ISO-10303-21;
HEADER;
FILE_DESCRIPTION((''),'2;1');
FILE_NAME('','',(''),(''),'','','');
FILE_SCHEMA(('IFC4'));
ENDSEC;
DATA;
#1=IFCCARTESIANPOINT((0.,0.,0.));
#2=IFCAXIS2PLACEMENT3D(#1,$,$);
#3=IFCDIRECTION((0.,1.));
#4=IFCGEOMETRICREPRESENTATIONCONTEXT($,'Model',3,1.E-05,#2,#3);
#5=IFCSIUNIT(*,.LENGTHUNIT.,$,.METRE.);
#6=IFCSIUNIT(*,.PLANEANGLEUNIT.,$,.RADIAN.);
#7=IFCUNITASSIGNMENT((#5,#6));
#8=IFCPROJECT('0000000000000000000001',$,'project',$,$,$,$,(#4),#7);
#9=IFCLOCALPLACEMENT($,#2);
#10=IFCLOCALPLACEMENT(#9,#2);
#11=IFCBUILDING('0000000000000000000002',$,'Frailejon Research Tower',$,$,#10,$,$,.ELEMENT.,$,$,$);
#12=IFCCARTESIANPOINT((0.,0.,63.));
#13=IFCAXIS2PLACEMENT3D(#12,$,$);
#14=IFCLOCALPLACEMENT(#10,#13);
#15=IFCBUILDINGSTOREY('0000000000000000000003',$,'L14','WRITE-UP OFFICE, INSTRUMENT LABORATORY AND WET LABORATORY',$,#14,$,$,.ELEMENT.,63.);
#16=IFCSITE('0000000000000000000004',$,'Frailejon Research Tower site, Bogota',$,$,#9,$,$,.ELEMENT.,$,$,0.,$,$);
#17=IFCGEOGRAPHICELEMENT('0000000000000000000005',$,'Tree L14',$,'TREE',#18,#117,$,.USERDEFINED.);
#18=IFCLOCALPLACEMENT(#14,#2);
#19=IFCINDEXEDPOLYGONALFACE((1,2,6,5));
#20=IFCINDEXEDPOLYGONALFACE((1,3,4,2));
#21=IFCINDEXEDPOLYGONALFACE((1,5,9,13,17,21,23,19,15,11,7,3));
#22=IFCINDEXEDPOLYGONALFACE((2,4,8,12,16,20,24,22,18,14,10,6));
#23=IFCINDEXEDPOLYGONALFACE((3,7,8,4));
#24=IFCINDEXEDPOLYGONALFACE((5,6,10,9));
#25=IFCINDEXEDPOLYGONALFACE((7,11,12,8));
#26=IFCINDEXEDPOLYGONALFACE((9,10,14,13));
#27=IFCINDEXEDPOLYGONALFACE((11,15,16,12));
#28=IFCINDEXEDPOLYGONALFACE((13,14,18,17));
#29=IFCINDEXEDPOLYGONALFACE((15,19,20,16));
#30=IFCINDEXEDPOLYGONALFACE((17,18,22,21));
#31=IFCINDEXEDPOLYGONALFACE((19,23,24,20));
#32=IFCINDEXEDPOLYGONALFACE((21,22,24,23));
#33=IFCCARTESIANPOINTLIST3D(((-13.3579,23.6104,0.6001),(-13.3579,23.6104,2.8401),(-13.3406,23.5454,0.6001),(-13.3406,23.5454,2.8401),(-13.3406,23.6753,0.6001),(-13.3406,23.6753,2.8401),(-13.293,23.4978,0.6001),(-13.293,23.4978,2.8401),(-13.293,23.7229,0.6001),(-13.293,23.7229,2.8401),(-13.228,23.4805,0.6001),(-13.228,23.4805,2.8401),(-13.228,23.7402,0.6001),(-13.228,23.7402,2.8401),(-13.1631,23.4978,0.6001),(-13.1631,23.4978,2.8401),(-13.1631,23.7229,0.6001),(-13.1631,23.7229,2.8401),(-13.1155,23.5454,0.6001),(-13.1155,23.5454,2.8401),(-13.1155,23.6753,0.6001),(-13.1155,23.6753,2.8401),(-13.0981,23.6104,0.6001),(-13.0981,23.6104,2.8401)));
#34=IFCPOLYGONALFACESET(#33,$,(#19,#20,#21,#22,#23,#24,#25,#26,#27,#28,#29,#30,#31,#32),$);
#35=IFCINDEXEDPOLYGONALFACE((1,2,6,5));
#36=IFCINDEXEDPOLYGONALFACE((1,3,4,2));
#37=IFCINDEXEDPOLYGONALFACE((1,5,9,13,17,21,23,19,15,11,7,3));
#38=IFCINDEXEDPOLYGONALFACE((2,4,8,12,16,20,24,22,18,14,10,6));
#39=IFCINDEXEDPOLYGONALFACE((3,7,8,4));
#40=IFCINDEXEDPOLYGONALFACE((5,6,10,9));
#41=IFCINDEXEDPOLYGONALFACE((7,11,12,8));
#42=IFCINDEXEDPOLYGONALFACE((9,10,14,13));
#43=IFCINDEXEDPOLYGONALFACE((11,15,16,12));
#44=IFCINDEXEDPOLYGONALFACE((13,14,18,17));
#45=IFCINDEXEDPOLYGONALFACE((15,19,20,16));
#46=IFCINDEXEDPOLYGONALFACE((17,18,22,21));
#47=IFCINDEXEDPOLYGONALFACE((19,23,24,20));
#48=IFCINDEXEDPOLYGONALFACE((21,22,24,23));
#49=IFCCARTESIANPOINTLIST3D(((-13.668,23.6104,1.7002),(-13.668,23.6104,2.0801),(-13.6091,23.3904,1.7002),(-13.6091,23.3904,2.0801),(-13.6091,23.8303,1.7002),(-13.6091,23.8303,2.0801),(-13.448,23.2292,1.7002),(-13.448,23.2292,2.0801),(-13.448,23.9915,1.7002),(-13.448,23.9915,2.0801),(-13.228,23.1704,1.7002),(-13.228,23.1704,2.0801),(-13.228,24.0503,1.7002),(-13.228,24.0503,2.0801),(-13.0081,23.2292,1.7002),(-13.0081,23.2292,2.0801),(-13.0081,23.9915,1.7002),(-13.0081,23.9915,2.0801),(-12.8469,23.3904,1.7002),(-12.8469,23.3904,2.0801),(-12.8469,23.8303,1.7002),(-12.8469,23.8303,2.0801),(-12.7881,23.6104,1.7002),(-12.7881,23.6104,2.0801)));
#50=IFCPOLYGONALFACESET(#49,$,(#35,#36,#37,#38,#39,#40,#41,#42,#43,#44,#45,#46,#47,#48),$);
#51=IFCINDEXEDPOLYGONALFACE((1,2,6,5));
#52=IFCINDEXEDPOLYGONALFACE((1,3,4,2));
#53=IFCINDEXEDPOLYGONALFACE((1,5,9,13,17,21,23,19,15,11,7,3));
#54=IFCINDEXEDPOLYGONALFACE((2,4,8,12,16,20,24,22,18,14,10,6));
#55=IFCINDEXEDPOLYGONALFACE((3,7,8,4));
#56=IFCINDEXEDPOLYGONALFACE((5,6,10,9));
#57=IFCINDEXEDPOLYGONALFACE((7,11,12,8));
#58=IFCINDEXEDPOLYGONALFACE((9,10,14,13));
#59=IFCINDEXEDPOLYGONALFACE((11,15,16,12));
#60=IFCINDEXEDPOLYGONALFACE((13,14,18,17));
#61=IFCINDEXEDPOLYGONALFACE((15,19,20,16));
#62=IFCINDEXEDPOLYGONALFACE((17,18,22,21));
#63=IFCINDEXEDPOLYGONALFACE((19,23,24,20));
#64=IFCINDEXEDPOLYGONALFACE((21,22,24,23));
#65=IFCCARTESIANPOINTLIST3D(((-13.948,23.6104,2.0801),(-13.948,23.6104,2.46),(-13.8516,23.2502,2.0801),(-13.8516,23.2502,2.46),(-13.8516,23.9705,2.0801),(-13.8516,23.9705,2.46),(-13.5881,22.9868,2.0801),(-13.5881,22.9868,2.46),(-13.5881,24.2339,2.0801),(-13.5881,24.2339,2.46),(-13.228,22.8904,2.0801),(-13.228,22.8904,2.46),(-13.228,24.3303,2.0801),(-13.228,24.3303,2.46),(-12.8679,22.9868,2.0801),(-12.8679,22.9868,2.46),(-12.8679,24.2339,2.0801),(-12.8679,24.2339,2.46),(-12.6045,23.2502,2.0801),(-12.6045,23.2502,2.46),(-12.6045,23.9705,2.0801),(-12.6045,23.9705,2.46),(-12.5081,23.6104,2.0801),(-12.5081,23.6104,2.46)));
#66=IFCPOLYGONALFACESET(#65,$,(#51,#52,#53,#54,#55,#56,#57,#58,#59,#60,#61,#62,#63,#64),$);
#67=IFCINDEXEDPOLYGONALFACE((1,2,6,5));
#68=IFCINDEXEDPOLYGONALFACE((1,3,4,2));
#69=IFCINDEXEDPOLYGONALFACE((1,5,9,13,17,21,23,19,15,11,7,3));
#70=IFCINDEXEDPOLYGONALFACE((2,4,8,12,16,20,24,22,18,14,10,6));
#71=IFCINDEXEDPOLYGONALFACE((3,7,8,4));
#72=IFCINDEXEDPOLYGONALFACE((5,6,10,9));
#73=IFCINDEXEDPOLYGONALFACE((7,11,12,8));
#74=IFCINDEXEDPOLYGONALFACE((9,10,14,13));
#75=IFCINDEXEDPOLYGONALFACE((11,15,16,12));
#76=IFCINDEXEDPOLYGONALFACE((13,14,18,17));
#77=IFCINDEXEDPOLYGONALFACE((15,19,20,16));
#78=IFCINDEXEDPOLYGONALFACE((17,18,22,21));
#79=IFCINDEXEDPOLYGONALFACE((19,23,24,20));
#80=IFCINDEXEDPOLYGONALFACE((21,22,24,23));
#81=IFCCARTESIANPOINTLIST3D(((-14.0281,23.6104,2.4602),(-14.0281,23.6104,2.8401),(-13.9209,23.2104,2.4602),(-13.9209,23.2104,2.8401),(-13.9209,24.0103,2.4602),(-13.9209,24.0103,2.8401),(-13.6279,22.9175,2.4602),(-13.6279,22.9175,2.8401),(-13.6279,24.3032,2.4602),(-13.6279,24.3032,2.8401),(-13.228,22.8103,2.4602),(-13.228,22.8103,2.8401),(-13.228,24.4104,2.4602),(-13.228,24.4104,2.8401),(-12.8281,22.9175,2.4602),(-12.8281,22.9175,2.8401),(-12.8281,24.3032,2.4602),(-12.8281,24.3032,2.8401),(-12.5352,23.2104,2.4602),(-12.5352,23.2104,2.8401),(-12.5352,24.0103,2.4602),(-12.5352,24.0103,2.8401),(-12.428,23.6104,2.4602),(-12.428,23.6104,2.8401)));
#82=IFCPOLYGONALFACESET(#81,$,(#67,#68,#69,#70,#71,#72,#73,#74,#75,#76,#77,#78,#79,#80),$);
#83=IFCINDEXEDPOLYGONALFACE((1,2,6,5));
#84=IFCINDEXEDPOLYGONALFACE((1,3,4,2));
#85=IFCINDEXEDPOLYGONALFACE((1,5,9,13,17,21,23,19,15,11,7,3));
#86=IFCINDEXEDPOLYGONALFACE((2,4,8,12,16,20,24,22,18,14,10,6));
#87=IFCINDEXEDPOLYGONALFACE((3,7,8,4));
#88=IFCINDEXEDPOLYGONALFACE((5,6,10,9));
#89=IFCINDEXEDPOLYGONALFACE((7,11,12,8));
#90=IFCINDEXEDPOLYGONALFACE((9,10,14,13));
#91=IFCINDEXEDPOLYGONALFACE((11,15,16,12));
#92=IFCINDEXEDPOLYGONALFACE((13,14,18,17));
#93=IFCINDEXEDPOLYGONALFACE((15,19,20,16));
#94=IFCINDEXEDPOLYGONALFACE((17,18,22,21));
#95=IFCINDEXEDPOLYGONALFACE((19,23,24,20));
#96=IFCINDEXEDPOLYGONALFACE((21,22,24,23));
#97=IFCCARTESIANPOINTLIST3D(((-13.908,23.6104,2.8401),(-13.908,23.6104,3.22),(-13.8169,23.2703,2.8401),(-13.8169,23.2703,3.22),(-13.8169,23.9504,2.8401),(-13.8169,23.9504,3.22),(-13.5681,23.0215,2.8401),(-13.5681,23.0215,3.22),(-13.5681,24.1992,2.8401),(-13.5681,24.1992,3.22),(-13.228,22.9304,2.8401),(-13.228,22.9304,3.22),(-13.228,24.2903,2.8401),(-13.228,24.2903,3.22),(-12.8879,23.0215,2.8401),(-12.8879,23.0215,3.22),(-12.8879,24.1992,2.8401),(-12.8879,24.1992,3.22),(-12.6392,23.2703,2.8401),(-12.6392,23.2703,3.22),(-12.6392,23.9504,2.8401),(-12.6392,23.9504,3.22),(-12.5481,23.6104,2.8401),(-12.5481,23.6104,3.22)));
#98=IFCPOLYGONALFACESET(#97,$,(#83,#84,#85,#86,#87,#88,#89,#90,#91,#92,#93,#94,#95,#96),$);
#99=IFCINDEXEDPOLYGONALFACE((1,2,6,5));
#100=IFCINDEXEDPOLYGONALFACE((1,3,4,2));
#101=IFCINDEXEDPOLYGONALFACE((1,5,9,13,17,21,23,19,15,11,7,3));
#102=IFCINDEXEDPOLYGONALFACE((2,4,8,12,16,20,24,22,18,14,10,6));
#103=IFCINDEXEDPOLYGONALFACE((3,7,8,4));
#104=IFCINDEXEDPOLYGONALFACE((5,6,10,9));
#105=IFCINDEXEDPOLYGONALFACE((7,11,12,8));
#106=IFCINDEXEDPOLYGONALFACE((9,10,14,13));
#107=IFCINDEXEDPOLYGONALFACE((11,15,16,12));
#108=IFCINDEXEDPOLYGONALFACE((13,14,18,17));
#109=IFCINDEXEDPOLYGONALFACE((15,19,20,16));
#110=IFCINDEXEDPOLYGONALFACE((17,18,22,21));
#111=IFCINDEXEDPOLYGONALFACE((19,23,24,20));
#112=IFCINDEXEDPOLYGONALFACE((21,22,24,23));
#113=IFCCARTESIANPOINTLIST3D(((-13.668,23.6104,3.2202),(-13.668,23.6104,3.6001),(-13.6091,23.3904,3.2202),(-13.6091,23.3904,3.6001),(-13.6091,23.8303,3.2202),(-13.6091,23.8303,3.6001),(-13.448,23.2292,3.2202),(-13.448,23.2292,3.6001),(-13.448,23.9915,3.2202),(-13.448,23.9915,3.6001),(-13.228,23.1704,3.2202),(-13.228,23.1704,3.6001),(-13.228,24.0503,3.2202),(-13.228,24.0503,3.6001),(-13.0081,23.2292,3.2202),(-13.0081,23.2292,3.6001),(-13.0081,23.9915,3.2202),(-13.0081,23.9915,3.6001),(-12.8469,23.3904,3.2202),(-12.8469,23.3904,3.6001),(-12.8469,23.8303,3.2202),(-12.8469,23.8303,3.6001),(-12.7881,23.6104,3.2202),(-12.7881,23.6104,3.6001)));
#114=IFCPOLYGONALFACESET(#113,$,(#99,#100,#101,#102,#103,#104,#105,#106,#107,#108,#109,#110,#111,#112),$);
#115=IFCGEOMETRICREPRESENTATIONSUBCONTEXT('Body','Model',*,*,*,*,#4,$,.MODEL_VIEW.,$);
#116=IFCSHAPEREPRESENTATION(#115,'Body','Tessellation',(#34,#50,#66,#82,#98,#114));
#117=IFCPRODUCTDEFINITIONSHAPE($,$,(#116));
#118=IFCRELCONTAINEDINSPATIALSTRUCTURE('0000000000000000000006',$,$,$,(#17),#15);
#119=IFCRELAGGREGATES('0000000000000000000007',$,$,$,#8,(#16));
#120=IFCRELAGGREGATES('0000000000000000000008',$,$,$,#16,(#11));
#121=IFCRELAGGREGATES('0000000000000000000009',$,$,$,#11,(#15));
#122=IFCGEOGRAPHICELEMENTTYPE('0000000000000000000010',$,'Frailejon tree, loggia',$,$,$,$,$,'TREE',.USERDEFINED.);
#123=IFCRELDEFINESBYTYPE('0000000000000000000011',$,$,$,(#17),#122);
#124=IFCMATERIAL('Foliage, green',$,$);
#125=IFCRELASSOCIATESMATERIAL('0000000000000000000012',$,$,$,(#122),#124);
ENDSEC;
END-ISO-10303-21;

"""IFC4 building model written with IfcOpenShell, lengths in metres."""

from ifc_helpers import new_model, si_unit, direction, frame, origin, place, context, subcontext, project, spatial, polyline, outline, extrude, material, type_object, element, save


model = new_model("IFC4")

# Units and contexts
model_context = context("Model", 3, precision=1e-05, world=origin(), true_north=direction((0.0, 1.0)))
body_context = subcontext(model_context, "Body", "Model", "MODEL_VIEW")
ifc_project = project(units=[si_unit("LENGTHUNIT", "METRE"), si_unit("PLANEANGLEUNIT", "RADIAN")], contexts=[model_context])

# Site, building, storey
site_placement = place(None, origin())
site = spatial("IfcSite", under=ifc_project, at=site_placement, Name="Frailejon Research Tower site, Bogota", CompositionType="ELEMENT", RefElevation=0.0)
building_placement = place(site_placement, origin())
building = spatial("IfcBuilding", under=site, at=building_placement, Name="Frailejon Research Tower", CompositionType="ELEMENT")
storey_placement = place(building_placement, frame((0.0, 0.0, 63.0)))
storey = spatial("IfcBuildingStorey", under=building, at=storey_placement, Name="L14", Description="WRITE-UP OFFICE, INSTRUMENT LABORATORY AND WET LABORATORY", CompositionType="ELEMENT", Elevation=63.0)

# Geographic element
ifc_material_1 = material(Name="Foliage, green")
geographic_element_type = type_object("IfcGeographicElementType", Name="Frailejon tree, loggia", ElementType="TREE", PredefinedType="USERDEFINED", material=ifc_material_1)
geographic_element_placement = place(storey_placement, frame((-13.228, 23.6104, 0.6001)))
element("IfcGeographicElement", 1, at=geographic_element_placement, inside=storey, type_object=geographic_element_type, Name="Tree L14", ObjectType="TREE", PredefinedType="USERDEFINED", context=body_context, shape_type="SweptSolid", body=[
    extrude(outline(polyline([(0.1299, 0.0), (0.1125, 0.0649), (0.0649, 0.1125), (0.0, 0.1299), (-0.0649, 0.1125), (-0.1125, 0.0649), (-0.1299, 0.0), (-0.1125, -0.0649), (-0.0649, -0.1125), (0.0, -0.1299), (0.0649, -0.1125), (0.1125, -0.0649), (0.1299, 0.0)])), origin(), (0.0, 0.0, 1.0), 2.24),
    extrude(outline(polyline([(0.4399, 0.0), (0.3811, 0.22), (0.22, 0.3811), (0.0, 0.4399), (-0.22, 0.3811), (-0.3811, 0.22), (-0.4399, 0.0), (-0.3811, -0.22), (-0.22, -0.3811), (0.0, -0.4399), (0.22, -0.3811), (0.3811, -0.22), (0.4399, 0.0)])), frame((0.0, 0.0, 1.1001)), (0.0, 0.0, 1.0), 0.3799),
    extrude(outline(polyline([(0.72, 0.0), (0.6235, 0.3601), (0.3601, 0.6235), (0.0, 0.72), (-0.3601, 0.6235), (-0.6235, 0.3601), (-0.72, 0.0), (-0.6235, -0.3601), (-0.3601, -0.6235), (0.0, -0.72), (0.3601, -0.6235), (0.6235, -0.3601), (0.72, 0.0)])), frame((0.0, 0.0, 1.48)), (0.0, 0.0, 1.0), 0.3799),
    extrude(outline(polyline([(0.8, 0.0), (0.6929, 0.3999), (0.3999, 0.6929), (0.0, 0.8), (-0.3999, 0.6929), (-0.6929, 0.3999), (-0.8, 0.0), (-0.6929, -0.3999), (-0.3999, -0.6929), (0.0, -0.8), (0.3999, -0.6929), (0.6929, -0.3999), (0.8, 0.0)])), frame((0.0, 0.0, 1.8601)), (0.0, 0.0, 1.0), 0.3799),
    extrude(outline(polyline([(0.6799, 0.0), (0.5889, 0.3401), (0.3401, 0.5889), (0.0, 0.6799), (-0.3401, 0.5889), (-0.5889, 0.3401), (-0.6799, 0.0), (-0.5889, -0.3401), (-0.3401, -0.5889), (0.0, -0.6799), (0.3401, -0.5889), (0.5889, -0.3401), (0.6799, 0.0)])), frame((0.0, 0.0, 2.24)), (0.0, 0.0, 1.0), 0.3799),
    extrude(outline(polyline([(0.4399, 0.0), (0.3811, 0.22), (0.22, 0.3811), (0.0, 0.4399), (-0.22, 0.3811), (-0.3811, 0.22), (-0.4399, 0.0), (-0.3811, -0.22), (-0.22, -0.3811), (0.0, -0.4399), (0.22, -0.3811), (0.3811, -0.22), (0.4399, 0.0)])), frame((0.0, 0.0, 2.6201)), (0.0, 0.0, 1.0), 0.3799),
])

save(model, "model.ifc")
